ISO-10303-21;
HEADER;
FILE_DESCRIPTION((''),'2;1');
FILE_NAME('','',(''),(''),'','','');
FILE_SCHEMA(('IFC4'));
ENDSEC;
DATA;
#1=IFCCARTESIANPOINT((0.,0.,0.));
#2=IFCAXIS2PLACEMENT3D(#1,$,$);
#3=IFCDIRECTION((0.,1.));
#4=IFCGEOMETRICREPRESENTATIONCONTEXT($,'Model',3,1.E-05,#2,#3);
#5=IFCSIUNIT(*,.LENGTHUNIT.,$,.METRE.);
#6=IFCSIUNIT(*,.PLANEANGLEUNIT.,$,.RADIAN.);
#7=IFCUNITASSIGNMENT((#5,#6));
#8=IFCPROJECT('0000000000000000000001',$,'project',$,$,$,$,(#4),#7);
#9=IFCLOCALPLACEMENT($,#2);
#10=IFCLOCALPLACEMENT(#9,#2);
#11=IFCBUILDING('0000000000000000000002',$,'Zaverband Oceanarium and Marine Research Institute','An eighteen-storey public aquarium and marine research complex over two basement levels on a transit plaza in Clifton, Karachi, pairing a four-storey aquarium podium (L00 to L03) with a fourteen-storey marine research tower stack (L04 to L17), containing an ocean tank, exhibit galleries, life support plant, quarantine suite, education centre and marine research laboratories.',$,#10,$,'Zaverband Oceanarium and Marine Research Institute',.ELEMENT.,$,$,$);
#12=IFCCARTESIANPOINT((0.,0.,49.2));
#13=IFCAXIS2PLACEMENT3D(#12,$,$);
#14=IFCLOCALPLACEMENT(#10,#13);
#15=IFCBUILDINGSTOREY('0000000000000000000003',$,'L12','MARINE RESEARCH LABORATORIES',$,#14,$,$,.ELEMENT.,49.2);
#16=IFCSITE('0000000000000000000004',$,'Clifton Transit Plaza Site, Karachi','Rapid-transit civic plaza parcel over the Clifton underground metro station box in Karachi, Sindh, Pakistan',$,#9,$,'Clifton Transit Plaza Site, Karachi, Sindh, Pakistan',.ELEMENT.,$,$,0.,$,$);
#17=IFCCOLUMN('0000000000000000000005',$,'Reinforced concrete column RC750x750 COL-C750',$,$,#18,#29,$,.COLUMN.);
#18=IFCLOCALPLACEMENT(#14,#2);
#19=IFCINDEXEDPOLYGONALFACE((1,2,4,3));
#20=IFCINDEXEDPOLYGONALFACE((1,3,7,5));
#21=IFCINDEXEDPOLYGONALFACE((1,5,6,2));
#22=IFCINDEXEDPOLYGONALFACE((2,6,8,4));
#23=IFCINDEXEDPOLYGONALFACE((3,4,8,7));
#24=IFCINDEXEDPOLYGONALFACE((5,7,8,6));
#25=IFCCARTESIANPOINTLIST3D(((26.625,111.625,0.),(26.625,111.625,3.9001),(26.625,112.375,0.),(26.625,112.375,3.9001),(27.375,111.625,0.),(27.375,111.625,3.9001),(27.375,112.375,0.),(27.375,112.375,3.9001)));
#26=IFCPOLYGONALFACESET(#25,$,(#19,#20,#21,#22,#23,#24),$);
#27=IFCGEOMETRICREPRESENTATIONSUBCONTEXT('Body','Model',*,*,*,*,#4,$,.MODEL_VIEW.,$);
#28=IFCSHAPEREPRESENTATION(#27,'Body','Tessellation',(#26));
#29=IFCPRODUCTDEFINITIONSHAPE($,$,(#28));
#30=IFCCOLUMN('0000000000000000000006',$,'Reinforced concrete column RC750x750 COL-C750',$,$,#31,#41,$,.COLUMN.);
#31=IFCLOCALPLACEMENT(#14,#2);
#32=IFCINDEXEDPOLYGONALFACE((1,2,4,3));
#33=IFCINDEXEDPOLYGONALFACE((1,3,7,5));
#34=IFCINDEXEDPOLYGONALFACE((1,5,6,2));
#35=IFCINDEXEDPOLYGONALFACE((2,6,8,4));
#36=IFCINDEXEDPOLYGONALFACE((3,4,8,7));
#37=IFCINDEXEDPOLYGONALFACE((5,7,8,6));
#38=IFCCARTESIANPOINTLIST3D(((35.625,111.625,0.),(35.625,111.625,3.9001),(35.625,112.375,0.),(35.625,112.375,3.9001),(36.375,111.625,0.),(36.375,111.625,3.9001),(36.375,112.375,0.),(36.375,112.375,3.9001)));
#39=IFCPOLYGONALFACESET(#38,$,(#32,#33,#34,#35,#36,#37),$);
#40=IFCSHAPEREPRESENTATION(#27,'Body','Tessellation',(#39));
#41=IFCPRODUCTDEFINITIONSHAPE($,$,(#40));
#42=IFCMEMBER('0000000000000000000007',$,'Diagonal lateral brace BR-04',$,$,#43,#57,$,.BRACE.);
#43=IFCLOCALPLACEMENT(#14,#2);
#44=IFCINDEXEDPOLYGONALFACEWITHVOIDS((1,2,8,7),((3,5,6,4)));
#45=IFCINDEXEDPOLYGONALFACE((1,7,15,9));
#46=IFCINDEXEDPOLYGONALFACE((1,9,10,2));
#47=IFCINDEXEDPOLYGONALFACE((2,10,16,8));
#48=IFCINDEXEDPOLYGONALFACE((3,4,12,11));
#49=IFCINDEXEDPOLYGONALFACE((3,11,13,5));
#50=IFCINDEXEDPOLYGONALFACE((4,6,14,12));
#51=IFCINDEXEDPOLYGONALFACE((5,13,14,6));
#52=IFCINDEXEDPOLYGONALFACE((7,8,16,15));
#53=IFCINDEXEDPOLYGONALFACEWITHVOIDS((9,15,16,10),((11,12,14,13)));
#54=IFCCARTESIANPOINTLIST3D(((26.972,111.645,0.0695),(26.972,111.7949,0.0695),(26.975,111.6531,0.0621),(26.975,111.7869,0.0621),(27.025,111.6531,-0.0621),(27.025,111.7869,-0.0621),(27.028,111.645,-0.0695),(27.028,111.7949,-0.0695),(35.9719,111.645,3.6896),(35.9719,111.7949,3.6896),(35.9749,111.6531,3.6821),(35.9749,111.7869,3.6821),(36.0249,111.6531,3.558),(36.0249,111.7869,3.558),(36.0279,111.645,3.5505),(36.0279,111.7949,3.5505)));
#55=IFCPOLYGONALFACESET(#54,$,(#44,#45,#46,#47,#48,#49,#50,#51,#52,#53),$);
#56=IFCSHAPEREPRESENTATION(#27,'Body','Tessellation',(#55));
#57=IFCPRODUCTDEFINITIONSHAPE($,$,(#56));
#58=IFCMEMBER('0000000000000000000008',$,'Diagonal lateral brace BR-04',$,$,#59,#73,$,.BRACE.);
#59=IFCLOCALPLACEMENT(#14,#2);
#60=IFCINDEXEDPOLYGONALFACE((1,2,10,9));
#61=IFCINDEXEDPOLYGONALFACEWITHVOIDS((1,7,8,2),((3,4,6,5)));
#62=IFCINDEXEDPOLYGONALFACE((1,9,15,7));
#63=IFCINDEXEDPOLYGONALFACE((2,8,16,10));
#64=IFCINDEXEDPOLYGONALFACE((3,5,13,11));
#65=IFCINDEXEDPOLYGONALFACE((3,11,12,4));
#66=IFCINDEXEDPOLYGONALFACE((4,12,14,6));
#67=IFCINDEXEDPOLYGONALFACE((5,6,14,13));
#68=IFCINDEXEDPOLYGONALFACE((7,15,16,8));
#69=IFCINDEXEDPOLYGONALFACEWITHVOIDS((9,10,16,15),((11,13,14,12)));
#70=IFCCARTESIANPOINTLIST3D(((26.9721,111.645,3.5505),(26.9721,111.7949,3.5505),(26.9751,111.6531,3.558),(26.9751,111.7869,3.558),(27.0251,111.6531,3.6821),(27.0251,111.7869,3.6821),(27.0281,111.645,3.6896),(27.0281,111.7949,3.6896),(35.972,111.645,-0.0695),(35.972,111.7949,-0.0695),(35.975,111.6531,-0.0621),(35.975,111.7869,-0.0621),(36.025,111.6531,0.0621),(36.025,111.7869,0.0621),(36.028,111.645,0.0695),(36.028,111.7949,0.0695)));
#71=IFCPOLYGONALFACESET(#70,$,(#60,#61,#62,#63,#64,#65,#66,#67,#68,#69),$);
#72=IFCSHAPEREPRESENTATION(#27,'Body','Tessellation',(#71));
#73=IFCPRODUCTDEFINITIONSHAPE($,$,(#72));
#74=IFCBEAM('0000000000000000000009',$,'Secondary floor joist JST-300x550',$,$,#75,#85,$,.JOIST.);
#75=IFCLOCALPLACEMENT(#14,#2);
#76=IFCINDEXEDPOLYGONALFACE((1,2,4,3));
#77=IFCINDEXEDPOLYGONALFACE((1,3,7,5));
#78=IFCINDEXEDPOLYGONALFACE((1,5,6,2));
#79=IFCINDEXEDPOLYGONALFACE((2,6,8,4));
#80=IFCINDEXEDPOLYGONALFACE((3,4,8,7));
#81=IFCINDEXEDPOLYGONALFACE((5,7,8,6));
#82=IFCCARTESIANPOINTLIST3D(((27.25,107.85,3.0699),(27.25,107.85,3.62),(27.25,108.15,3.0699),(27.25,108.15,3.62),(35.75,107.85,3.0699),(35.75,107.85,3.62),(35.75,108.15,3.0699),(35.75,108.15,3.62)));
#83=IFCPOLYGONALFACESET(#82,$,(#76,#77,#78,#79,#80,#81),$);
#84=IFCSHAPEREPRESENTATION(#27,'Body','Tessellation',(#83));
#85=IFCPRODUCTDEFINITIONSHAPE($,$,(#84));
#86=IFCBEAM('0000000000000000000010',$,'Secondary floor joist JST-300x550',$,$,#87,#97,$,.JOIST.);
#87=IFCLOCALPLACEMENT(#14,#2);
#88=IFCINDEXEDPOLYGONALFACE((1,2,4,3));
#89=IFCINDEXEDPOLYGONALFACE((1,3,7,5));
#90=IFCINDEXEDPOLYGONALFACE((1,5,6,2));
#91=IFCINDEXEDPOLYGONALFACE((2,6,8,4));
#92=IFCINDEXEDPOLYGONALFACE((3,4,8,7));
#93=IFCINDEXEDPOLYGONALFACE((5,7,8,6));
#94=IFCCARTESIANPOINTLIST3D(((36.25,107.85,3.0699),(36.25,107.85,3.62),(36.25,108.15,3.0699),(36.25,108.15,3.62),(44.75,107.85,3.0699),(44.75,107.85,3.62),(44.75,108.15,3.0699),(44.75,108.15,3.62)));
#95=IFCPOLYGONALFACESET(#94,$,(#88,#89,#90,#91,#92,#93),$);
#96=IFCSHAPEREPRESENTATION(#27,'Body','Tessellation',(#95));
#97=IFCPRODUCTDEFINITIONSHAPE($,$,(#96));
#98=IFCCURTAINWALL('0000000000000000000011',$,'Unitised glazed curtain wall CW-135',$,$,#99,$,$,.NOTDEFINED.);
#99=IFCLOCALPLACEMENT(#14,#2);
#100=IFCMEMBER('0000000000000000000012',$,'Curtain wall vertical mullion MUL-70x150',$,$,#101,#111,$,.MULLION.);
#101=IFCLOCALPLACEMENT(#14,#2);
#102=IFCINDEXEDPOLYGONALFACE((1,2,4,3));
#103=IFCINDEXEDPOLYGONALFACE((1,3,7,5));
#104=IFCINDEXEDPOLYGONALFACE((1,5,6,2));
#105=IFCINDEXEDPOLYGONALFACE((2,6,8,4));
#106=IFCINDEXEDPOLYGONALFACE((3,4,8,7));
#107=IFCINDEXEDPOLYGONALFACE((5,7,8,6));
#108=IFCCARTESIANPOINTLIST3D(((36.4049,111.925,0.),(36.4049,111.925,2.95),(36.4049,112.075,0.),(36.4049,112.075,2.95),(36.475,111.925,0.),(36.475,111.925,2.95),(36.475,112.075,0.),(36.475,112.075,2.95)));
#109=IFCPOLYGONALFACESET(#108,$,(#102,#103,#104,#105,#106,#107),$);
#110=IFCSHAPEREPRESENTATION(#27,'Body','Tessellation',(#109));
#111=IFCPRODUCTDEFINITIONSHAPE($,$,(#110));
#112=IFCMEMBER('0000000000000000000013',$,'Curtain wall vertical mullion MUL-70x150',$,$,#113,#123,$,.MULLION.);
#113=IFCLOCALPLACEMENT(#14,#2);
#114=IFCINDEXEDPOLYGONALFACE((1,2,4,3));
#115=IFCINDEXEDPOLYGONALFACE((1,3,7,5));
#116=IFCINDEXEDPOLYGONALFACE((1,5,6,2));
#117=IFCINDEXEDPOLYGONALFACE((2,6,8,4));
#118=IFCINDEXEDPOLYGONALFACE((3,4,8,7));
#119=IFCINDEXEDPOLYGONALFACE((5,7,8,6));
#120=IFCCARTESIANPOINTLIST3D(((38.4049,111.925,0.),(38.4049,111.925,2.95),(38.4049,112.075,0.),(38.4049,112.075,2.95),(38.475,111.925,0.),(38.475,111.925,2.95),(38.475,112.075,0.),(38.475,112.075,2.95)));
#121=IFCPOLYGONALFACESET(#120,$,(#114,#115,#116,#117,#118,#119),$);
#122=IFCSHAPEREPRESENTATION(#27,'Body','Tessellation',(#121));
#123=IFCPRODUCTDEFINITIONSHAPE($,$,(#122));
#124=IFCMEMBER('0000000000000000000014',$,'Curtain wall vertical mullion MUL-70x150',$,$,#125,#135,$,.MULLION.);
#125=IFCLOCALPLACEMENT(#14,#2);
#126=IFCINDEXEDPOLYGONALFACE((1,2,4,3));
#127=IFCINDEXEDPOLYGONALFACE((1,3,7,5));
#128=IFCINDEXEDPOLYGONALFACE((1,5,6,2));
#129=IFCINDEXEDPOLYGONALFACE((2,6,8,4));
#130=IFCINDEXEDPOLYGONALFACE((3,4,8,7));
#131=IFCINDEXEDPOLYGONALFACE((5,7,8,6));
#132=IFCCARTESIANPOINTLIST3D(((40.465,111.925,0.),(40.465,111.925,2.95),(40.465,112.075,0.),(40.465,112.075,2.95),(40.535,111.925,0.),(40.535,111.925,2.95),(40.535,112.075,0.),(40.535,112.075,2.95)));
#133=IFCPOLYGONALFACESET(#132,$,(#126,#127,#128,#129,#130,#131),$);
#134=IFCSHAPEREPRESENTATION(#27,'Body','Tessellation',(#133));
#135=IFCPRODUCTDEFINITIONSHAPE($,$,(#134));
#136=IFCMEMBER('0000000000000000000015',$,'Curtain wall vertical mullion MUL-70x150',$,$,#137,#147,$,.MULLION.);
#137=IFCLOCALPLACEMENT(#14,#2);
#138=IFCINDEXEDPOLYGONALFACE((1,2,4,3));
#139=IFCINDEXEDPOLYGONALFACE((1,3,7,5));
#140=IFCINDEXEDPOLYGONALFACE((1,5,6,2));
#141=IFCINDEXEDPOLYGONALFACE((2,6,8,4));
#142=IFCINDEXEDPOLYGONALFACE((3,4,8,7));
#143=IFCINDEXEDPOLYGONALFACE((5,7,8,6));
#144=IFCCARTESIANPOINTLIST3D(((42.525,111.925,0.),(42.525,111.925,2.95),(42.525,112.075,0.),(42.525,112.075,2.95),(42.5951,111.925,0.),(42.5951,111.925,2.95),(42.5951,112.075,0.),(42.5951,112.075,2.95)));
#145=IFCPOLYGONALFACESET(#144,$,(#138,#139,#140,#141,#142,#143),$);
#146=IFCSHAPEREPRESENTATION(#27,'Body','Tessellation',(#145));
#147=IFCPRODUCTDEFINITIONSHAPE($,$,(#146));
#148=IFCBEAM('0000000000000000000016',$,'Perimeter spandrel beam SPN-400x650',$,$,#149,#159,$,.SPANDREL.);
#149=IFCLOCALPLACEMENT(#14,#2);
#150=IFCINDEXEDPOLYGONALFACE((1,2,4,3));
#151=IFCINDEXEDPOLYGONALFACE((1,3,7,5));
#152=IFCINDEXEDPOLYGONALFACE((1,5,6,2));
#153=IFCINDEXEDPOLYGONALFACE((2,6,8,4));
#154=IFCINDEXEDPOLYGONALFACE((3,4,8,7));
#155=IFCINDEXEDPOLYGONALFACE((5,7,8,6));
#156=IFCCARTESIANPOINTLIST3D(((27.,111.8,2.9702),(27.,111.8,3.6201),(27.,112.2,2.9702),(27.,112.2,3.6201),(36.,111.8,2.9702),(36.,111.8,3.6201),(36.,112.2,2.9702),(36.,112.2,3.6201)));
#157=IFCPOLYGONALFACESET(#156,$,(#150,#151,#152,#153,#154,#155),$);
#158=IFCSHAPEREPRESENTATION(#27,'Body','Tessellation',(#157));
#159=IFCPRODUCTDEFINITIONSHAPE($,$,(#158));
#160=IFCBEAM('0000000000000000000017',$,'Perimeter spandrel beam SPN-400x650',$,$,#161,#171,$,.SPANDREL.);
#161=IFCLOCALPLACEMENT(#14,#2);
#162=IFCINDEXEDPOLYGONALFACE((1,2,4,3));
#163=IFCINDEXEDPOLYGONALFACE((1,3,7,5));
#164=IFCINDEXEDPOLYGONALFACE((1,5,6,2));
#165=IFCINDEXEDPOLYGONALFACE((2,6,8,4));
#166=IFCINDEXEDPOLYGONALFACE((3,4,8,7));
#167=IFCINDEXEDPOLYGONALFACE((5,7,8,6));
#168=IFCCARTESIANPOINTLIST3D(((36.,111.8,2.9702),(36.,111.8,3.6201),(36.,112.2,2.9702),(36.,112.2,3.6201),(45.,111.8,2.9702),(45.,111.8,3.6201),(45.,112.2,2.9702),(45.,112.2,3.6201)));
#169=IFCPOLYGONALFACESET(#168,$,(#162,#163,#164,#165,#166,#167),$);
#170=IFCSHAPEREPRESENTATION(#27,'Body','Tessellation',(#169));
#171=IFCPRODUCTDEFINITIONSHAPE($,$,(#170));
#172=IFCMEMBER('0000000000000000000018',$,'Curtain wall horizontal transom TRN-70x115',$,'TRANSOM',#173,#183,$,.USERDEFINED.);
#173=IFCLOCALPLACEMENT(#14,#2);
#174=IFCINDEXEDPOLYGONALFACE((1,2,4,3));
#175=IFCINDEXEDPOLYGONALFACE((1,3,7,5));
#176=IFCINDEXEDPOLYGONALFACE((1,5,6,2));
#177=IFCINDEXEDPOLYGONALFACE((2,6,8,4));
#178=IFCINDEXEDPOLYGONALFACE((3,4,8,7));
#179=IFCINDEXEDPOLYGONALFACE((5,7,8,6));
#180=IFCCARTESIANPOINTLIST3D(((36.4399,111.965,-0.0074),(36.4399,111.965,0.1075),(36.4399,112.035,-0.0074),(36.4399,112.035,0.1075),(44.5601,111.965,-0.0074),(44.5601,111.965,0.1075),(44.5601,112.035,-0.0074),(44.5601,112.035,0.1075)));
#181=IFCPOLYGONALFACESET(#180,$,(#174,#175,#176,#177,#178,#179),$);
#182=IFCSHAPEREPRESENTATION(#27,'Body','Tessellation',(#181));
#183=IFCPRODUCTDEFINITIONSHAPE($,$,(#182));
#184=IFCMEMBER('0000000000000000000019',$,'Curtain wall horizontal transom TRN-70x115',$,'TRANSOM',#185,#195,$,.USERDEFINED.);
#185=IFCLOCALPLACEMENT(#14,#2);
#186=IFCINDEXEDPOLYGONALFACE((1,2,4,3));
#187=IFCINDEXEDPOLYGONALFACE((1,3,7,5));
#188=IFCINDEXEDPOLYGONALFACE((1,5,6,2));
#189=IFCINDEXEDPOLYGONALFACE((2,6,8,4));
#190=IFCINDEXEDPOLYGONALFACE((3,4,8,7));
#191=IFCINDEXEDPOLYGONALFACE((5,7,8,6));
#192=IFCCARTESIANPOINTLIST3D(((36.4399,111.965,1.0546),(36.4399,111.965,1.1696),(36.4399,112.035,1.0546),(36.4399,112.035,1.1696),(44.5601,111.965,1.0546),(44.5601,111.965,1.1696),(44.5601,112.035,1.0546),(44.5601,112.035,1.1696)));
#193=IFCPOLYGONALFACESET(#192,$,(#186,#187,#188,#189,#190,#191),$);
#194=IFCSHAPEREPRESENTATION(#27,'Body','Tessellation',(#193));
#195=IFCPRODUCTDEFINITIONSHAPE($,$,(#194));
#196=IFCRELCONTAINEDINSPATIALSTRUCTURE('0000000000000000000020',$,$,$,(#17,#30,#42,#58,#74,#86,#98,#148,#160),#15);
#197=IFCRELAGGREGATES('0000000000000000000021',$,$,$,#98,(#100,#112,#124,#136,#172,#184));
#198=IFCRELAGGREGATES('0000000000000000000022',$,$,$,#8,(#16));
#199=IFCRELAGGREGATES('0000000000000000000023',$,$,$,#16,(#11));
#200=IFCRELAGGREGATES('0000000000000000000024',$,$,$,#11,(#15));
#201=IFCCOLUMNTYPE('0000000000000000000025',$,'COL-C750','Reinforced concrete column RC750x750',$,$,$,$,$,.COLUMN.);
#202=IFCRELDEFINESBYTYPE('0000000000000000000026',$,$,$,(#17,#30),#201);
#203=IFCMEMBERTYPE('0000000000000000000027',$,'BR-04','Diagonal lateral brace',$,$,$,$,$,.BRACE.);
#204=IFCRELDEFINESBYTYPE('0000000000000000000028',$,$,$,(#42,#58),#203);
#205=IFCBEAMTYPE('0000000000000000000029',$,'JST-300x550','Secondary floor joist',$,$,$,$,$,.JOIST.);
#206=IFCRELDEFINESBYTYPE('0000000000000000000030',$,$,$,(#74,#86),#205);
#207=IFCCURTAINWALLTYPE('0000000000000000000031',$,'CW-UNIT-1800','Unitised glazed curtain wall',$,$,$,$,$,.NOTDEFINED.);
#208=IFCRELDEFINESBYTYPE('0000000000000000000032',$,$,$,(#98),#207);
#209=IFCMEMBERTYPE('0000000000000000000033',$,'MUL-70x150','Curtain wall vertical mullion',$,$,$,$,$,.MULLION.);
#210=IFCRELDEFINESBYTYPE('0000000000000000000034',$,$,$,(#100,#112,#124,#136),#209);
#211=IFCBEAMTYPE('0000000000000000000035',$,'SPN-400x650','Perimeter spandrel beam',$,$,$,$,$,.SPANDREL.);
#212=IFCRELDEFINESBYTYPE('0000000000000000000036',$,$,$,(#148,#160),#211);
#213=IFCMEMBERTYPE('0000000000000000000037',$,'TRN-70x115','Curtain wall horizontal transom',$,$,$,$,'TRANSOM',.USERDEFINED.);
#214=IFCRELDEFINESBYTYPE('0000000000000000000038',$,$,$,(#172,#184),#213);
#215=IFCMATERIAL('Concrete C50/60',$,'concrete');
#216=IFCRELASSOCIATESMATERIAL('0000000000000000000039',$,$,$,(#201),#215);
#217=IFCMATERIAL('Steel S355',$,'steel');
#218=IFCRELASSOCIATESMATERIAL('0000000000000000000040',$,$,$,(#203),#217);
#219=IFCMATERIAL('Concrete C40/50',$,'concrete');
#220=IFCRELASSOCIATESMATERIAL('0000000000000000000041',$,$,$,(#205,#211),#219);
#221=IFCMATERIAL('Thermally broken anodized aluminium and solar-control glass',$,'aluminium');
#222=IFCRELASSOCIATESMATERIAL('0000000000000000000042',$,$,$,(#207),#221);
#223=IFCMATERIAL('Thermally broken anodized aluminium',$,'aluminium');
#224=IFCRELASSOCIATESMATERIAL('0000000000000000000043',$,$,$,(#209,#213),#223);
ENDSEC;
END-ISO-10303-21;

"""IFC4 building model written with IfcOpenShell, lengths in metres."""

from ifc_helpers import new_model, si_unit, direction, frame, origin, origin_2d, place, context, subcontext, project, spatial, rectangle, hollow_rectangle, extrude, material, material_profile, profile_set, type_object, element, aggregate, save


model = new_model("IFC4")

# Units and contexts
model_context = context("Model", 3, precision=1e-05, world=origin(), true_north=direction((0.0, 1.0)))
body_context = subcontext(model_context, "Body", "Model", "MODEL_VIEW")
ifc_project = project(units=[si_unit("LENGTHUNIT", "METRE"), si_unit("PLANEANGLEUNIT", "RADIAN")], contexts=[model_context])

# Site, building, storey
site_placement = place(None, origin())
site = spatial("IfcSite", under=ifc_project, at=site_placement, Name="Clifton Transit Plaza Site, Karachi", Description="Rapid-transit civic plaza parcel over the Clifton underground metro station box in Karachi, Sindh, Pakistan", LongName="Clifton Transit Plaza Site, Karachi, Sindh, Pakistan", CompositionType="ELEMENT", RefElevation=0.0)
building_placement = place(site_placement, origin())
building = spatial("IfcBuilding", under=site, at=building_placement, Name="Zaverband Oceanarium and Marine Research Institute", Description="An eighteen-storey public aquarium and marine research complex over two basement levels on a transit plaza in Clifton, Karachi, pairing a four-storey aquarium podium (L00 to L03) with a fourteen-storey marine research tower stack (L04 to L17), containing an ocean tank, exhibit galleries, life support plant, quarantine suite, education centre and marine research laboratories.", LongName="Zaverband Oceanarium and Marine Research Institute", CompositionType="ELEMENT")
storey_placement = place(building_placement, frame((0.0, 0.0, 49.2)))
storey = spatial("IfcBuildingStorey", under=building, at=storey_placement, Name="L12", Description="MARINE RESEARCH LABORATORIES", CompositionType="ELEMENT", Elevation=49.2)

# Columns
ifc_material_1 = material(Name="Concrete C50/60", Category="concrete")
ifc_material_profile_1 = material_profile(ifc_material_1, rectangle(XDim=0.75, YDim=0.75, at=origin_2d()), Name="RC750x750")
ifc_profile_set_1 = profile_set([ifc_material_profile_1], Name="Concrete C50/60")
column_type = type_object("IfcColumnType", Name="COL-C750", Description="Reinforced concrete column RC750x750", PredefinedType="COLUMN", material=ifc_profile_set_1)
for number, where, z_axis, x_axis, name in (
    (1, (27.0, 112.0, 0.0), (0.0, 0.0, 1.0), (1.0, 0.0, 0.0), "Reinforced concrete column RC750x750 COL-C750"),
    (2, (36.0, 112.0, 0.0), (0.0, 0.0, 1.0), (1.0, 0.0, 0.0), "Reinforced concrete column RC750x750 COL-C750"),
):
    element("IfcColumn", number, at=place(storey_placement, frame(where, z_axis=z_axis, x_axis=x_axis)), inside=storey, type_object=column_type, Name=name, PredefinedType="COLUMN", context=body_context, shape_type="SweptSolid", body=[
        extrude(rectangle(XDim=0.75, YDim=0.75, at=origin_2d()), origin(), (0.0, 0.0, 1.0), 3.9001),
    ])

# Members
ifc_material_2 = material(Name="Steel S355", Category="steel")
ifc_material_profile_2 = material_profile(ifc_material_2, hollow_rectangle(XDim=0.1499, YDim=0.1499, WallThickness=0.0081, at=origin_2d()), Name="SHS150x150x8")
ifc_profile_set_2 = profile_set([ifc_material_profile_2], Name="Steel S355")
member_type_1 = type_object("IfcMemberType", Name="BR-04", Description="Diagonal lateral brace", PredefinedType="BRACE", material=ifc_profile_set_2)
for number, where, z_axis, x_axis, name in (
    (3, (27.0, 111.72, 0.0), (0.92776, 0.0, 0.373178), (0.0, 1.0, 0.0), "Diagonal lateral brace BR-04"),
    (4, (36.0, 111.72, 0.0), (-0.92776, 0.0, 0.373178), (0.0, -1.0, 0.0), "Diagonal lateral brace BR-04"),
):
    element("IfcMember", number, at=place(storey_placement, frame(where, z_axis=z_axis, x_axis=x_axis)), inside=storey, type_object=member_type_1, Name=name, PredefinedType="BRACE", context=body_context, shape_type="SweptSolid", body=[
        extrude(hollow_rectangle(XDim=0.1499, YDim=0.1499, WallThickness=0.0081, at=origin_2d()), origin(), (0.0, 0.0, 1.0), 9.7007),
    ])

# Beams
ifc_material_3 = material(Name="Concrete C40/50", Category="concrete")
ifc_material_profile_3 = material_profile(ifc_material_3, rectangle(XDim=0.3, YDim=0.55, at=origin_2d()), Name="RC300x550")
ifc_profile_set_3 = profile_set([ifc_material_profile_3], Name="Concrete C40/50")
beam_type_1 = type_object("IfcBeamType", Name="JST-300x550", Description="Secondary floor joist", PredefinedType="JOIST", material=ifc_profile_set_3)
for number, where, z_axis, x_axis, name in (
    (5, (27.25, 108.0, 3.345), (1.0, 0.0, 0.0), (0.0, 1.0, 0.0), "Secondary floor joist JST-300x550"),
    (6, (36.25, 108.0, 3.345), (1.0, 0.0, 0.0), (0.0, 1.0, 0.0), "Secondary floor joist JST-300x550"),
):
    element("IfcBeam", number, at=place(storey_placement, frame(where, z_axis=z_axis, x_axis=x_axis)), inside=storey, type_object=beam_type_1, Name=name, PredefinedType="JOIST", context=body_context, shape_type="SweptSolid", body=[
        extrude(rectangle(XDim=0.3, YDim=0.55, at=origin_2d()), origin(), (0.0, 0.0, 1.0), 8.5),
    ])

# Curtain wall, members
ifc_material_4 = material(Name="Thermally broken anodized aluminium and solar-control glass", Category="aluminium")
curtain_wall_type = type_object("IfcCurtainWallType", Name="CW-UNIT-1800", Description="Unitised glazed curtain wall", PredefinedType="NOTDEFINED", material=ifc_material_4)
curtain_wall_placement = place(storey_placement, origin())
curtain_wall = element("IfcCurtainWall", 7, at=curtain_wall_placement, inside=storey, type_object=curtain_wall_type, Name="Unitised glazed curtain wall CW-135", PredefinedType="NOTDEFINED")
ifc_material_5 = material(Name="Thermally broken anodized aluminium", Category="aluminium")
ifc_material_profile_4 = material_profile(ifc_material_5, rectangle(XDim=0.0701, YDim=0.1499, at=origin_2d()), Name="AL-MUL-70x150")
ifc_profile_set_4 = profile_set([ifc_material_profile_4], Name="Thermally broken anodized aluminium")
member_type_2 = type_object("IfcMemberType", Name="MUL-70x150", Description="Curtain wall vertical mullion", PredefinedType="MULLION", material=ifc_profile_set_4)
member_1_placement = place(storey_placement, frame((36.4399, 112.0, 0.0), z_axis=(0.0, 0.0, 1.0), x_axis=(1.0, 0.0, 0.0)))
member_1 = element("IfcMember", 8, at=member_1_placement, type_object=member_type_2, Name="Curtain wall vertical mullion MUL-70x150", PredefinedType="MULLION", context=body_context, shape_type="SweptSolid", body=[
    extrude(rectangle(XDim=0.0701, YDim=0.1499, at=origin_2d()), origin(), (0.0, 0.0, 1.0), 2.95),
])
member_2_placement = place(storey_placement, frame((38.4399, 112.0, 0.0), z_axis=(0.0, 0.0, 1.0), x_axis=(1.0, 0.0, 0.0)))
member_2 = element("IfcMember", 9, at=member_2_placement, type_object=member_type_2, Name="Curtain wall vertical mullion MUL-70x150", PredefinedType="MULLION", context=body_context, shape_type="SweptSolid", body=[
    extrude(rectangle(XDim=0.0701, YDim=0.1499, at=origin_2d()), origin(), (0.0, 0.0, 1.0), 2.95),
])
member_3_placement = place(storey_placement, frame((40.5, 112.0, 0.0), z_axis=(0.0, 0.0, 1.0), x_axis=(1.0, 0.0, 0.0)))
member_3 = element("IfcMember", 10, at=member_3_placement, type_object=member_type_2, Name="Curtain wall vertical mullion MUL-70x150", PredefinedType="MULLION", context=body_context, shape_type="SweptSolid", body=[
    extrude(rectangle(XDim=0.0701, YDim=0.1499, at=origin_2d()), origin(), (0.0, 0.0, 1.0), 2.95),
])
member_4_placement = place(storey_placement, frame((42.5601, 112.0, 0.0), z_axis=(0.0, 0.0, 1.0), x_axis=(1.0, 0.0, 0.0)))
member_4 = element("IfcMember", 11, at=member_4_placement, type_object=member_type_2, Name="Curtain wall vertical mullion MUL-70x150", PredefinedType="MULLION", context=body_context, shape_type="SweptSolid", body=[
    extrude(rectangle(XDim=0.0701, YDim=0.1499, at=origin_2d()), origin(), (0.0, 0.0, 1.0), 2.95),
])

# Beams
ifc_material_profile_5 = material_profile(ifc_material_3, rectangle(XDim=0.3999, YDim=0.6499, at=origin_2d()), Name="RC400x650")
ifc_profile_set_5 = profile_set([ifc_material_profile_5], Name="Concrete C40/50")
beam_type_2 = type_object("IfcBeamType", Name="SPN-400x650", Description="Perimeter spandrel beam", PredefinedType="SPANDREL", material=ifc_profile_set_5)
for number, where, z_axis, x_axis, name in (
    (12, (27.0, 112.0, 3.2952), (1.0, 0.0, 0.0), (0.0, 1.0, 0.0), "Perimeter spandrel beam SPN-400x650"),
    (13, (36.0, 112.0, 3.2952), (1.0, 0.0, 0.0), (0.0, 1.0, 0.0), "Perimeter spandrel beam SPN-400x650"),
):
    element("IfcBeam", number, at=place(storey_placement, frame(where, z_axis=z_axis, x_axis=x_axis)), inside=storey, type_object=beam_type_2, Name=name, PredefinedType="SPANDREL", context=body_context, shape_type="SweptSolid", body=[
        extrude(rectangle(XDim=0.3999, YDim=0.6499, at=origin_2d()), origin(), (0.0, 0.0, 1.0), 9.0),
    ])

# Members
ifc_material_profile_6 = material_profile(ifc_material_5, rectangle(XDim=0.0701, YDim=0.115, at=origin_2d()), Name="AL-TRN-70x115")
ifc_profile_set_6 = profile_set([ifc_material_profile_6], Name="Thermally broken anodized aluminium")
member_type_3 = type_object("IfcMemberType", Name="TRN-70x115", Description="Curtain wall horizontal transom", ElementType="TRANSOM", PredefinedType="USERDEFINED", material=ifc_profile_set_6)
member_5_placement = place(storey_placement, frame((36.4399, 112.0, 0.05), z_axis=(1.0, 0.0, 0.0), x_axis=(0.0, 1.0, 0.0)))
member_5 = element("IfcMember", 14, at=member_5_placement, type_object=member_type_3, Name="Curtain wall horizontal transom TRN-70x115", ObjectType="TRANSOM", PredefinedType="USERDEFINED", context=body_context, shape_type="SweptSolid", body=[
    extrude(rectangle(XDim=0.0701, YDim=0.115, at=origin_2d()), origin(), (0.0, 0.0, 1.0), 8.1201),
])
member_6_placement = place(storey_placement, frame((36.4399, 112.0, 1.1121), z_axis=(1.0, 0.0, 0.0), x_axis=(0.0, 1.0, 0.0)))
member_6 = element("IfcMember", 15, at=member_6_placement, type_object=member_type_3, Name="Curtain wall horizontal transom TRN-70x115", ObjectType="TRANSOM", PredefinedType="USERDEFINED", context=body_context, shape_type="SweptSolid", body=[
    extrude(rectangle(XDim=0.0701, YDim=0.115, at=origin_2d()), origin(), (0.0, 0.0, 1.0), 8.1201),
])

aggregate(curtain_wall, [member_1, member_2, member_3, member_4, member_5, member_6])

save(model, "model.ifc")
